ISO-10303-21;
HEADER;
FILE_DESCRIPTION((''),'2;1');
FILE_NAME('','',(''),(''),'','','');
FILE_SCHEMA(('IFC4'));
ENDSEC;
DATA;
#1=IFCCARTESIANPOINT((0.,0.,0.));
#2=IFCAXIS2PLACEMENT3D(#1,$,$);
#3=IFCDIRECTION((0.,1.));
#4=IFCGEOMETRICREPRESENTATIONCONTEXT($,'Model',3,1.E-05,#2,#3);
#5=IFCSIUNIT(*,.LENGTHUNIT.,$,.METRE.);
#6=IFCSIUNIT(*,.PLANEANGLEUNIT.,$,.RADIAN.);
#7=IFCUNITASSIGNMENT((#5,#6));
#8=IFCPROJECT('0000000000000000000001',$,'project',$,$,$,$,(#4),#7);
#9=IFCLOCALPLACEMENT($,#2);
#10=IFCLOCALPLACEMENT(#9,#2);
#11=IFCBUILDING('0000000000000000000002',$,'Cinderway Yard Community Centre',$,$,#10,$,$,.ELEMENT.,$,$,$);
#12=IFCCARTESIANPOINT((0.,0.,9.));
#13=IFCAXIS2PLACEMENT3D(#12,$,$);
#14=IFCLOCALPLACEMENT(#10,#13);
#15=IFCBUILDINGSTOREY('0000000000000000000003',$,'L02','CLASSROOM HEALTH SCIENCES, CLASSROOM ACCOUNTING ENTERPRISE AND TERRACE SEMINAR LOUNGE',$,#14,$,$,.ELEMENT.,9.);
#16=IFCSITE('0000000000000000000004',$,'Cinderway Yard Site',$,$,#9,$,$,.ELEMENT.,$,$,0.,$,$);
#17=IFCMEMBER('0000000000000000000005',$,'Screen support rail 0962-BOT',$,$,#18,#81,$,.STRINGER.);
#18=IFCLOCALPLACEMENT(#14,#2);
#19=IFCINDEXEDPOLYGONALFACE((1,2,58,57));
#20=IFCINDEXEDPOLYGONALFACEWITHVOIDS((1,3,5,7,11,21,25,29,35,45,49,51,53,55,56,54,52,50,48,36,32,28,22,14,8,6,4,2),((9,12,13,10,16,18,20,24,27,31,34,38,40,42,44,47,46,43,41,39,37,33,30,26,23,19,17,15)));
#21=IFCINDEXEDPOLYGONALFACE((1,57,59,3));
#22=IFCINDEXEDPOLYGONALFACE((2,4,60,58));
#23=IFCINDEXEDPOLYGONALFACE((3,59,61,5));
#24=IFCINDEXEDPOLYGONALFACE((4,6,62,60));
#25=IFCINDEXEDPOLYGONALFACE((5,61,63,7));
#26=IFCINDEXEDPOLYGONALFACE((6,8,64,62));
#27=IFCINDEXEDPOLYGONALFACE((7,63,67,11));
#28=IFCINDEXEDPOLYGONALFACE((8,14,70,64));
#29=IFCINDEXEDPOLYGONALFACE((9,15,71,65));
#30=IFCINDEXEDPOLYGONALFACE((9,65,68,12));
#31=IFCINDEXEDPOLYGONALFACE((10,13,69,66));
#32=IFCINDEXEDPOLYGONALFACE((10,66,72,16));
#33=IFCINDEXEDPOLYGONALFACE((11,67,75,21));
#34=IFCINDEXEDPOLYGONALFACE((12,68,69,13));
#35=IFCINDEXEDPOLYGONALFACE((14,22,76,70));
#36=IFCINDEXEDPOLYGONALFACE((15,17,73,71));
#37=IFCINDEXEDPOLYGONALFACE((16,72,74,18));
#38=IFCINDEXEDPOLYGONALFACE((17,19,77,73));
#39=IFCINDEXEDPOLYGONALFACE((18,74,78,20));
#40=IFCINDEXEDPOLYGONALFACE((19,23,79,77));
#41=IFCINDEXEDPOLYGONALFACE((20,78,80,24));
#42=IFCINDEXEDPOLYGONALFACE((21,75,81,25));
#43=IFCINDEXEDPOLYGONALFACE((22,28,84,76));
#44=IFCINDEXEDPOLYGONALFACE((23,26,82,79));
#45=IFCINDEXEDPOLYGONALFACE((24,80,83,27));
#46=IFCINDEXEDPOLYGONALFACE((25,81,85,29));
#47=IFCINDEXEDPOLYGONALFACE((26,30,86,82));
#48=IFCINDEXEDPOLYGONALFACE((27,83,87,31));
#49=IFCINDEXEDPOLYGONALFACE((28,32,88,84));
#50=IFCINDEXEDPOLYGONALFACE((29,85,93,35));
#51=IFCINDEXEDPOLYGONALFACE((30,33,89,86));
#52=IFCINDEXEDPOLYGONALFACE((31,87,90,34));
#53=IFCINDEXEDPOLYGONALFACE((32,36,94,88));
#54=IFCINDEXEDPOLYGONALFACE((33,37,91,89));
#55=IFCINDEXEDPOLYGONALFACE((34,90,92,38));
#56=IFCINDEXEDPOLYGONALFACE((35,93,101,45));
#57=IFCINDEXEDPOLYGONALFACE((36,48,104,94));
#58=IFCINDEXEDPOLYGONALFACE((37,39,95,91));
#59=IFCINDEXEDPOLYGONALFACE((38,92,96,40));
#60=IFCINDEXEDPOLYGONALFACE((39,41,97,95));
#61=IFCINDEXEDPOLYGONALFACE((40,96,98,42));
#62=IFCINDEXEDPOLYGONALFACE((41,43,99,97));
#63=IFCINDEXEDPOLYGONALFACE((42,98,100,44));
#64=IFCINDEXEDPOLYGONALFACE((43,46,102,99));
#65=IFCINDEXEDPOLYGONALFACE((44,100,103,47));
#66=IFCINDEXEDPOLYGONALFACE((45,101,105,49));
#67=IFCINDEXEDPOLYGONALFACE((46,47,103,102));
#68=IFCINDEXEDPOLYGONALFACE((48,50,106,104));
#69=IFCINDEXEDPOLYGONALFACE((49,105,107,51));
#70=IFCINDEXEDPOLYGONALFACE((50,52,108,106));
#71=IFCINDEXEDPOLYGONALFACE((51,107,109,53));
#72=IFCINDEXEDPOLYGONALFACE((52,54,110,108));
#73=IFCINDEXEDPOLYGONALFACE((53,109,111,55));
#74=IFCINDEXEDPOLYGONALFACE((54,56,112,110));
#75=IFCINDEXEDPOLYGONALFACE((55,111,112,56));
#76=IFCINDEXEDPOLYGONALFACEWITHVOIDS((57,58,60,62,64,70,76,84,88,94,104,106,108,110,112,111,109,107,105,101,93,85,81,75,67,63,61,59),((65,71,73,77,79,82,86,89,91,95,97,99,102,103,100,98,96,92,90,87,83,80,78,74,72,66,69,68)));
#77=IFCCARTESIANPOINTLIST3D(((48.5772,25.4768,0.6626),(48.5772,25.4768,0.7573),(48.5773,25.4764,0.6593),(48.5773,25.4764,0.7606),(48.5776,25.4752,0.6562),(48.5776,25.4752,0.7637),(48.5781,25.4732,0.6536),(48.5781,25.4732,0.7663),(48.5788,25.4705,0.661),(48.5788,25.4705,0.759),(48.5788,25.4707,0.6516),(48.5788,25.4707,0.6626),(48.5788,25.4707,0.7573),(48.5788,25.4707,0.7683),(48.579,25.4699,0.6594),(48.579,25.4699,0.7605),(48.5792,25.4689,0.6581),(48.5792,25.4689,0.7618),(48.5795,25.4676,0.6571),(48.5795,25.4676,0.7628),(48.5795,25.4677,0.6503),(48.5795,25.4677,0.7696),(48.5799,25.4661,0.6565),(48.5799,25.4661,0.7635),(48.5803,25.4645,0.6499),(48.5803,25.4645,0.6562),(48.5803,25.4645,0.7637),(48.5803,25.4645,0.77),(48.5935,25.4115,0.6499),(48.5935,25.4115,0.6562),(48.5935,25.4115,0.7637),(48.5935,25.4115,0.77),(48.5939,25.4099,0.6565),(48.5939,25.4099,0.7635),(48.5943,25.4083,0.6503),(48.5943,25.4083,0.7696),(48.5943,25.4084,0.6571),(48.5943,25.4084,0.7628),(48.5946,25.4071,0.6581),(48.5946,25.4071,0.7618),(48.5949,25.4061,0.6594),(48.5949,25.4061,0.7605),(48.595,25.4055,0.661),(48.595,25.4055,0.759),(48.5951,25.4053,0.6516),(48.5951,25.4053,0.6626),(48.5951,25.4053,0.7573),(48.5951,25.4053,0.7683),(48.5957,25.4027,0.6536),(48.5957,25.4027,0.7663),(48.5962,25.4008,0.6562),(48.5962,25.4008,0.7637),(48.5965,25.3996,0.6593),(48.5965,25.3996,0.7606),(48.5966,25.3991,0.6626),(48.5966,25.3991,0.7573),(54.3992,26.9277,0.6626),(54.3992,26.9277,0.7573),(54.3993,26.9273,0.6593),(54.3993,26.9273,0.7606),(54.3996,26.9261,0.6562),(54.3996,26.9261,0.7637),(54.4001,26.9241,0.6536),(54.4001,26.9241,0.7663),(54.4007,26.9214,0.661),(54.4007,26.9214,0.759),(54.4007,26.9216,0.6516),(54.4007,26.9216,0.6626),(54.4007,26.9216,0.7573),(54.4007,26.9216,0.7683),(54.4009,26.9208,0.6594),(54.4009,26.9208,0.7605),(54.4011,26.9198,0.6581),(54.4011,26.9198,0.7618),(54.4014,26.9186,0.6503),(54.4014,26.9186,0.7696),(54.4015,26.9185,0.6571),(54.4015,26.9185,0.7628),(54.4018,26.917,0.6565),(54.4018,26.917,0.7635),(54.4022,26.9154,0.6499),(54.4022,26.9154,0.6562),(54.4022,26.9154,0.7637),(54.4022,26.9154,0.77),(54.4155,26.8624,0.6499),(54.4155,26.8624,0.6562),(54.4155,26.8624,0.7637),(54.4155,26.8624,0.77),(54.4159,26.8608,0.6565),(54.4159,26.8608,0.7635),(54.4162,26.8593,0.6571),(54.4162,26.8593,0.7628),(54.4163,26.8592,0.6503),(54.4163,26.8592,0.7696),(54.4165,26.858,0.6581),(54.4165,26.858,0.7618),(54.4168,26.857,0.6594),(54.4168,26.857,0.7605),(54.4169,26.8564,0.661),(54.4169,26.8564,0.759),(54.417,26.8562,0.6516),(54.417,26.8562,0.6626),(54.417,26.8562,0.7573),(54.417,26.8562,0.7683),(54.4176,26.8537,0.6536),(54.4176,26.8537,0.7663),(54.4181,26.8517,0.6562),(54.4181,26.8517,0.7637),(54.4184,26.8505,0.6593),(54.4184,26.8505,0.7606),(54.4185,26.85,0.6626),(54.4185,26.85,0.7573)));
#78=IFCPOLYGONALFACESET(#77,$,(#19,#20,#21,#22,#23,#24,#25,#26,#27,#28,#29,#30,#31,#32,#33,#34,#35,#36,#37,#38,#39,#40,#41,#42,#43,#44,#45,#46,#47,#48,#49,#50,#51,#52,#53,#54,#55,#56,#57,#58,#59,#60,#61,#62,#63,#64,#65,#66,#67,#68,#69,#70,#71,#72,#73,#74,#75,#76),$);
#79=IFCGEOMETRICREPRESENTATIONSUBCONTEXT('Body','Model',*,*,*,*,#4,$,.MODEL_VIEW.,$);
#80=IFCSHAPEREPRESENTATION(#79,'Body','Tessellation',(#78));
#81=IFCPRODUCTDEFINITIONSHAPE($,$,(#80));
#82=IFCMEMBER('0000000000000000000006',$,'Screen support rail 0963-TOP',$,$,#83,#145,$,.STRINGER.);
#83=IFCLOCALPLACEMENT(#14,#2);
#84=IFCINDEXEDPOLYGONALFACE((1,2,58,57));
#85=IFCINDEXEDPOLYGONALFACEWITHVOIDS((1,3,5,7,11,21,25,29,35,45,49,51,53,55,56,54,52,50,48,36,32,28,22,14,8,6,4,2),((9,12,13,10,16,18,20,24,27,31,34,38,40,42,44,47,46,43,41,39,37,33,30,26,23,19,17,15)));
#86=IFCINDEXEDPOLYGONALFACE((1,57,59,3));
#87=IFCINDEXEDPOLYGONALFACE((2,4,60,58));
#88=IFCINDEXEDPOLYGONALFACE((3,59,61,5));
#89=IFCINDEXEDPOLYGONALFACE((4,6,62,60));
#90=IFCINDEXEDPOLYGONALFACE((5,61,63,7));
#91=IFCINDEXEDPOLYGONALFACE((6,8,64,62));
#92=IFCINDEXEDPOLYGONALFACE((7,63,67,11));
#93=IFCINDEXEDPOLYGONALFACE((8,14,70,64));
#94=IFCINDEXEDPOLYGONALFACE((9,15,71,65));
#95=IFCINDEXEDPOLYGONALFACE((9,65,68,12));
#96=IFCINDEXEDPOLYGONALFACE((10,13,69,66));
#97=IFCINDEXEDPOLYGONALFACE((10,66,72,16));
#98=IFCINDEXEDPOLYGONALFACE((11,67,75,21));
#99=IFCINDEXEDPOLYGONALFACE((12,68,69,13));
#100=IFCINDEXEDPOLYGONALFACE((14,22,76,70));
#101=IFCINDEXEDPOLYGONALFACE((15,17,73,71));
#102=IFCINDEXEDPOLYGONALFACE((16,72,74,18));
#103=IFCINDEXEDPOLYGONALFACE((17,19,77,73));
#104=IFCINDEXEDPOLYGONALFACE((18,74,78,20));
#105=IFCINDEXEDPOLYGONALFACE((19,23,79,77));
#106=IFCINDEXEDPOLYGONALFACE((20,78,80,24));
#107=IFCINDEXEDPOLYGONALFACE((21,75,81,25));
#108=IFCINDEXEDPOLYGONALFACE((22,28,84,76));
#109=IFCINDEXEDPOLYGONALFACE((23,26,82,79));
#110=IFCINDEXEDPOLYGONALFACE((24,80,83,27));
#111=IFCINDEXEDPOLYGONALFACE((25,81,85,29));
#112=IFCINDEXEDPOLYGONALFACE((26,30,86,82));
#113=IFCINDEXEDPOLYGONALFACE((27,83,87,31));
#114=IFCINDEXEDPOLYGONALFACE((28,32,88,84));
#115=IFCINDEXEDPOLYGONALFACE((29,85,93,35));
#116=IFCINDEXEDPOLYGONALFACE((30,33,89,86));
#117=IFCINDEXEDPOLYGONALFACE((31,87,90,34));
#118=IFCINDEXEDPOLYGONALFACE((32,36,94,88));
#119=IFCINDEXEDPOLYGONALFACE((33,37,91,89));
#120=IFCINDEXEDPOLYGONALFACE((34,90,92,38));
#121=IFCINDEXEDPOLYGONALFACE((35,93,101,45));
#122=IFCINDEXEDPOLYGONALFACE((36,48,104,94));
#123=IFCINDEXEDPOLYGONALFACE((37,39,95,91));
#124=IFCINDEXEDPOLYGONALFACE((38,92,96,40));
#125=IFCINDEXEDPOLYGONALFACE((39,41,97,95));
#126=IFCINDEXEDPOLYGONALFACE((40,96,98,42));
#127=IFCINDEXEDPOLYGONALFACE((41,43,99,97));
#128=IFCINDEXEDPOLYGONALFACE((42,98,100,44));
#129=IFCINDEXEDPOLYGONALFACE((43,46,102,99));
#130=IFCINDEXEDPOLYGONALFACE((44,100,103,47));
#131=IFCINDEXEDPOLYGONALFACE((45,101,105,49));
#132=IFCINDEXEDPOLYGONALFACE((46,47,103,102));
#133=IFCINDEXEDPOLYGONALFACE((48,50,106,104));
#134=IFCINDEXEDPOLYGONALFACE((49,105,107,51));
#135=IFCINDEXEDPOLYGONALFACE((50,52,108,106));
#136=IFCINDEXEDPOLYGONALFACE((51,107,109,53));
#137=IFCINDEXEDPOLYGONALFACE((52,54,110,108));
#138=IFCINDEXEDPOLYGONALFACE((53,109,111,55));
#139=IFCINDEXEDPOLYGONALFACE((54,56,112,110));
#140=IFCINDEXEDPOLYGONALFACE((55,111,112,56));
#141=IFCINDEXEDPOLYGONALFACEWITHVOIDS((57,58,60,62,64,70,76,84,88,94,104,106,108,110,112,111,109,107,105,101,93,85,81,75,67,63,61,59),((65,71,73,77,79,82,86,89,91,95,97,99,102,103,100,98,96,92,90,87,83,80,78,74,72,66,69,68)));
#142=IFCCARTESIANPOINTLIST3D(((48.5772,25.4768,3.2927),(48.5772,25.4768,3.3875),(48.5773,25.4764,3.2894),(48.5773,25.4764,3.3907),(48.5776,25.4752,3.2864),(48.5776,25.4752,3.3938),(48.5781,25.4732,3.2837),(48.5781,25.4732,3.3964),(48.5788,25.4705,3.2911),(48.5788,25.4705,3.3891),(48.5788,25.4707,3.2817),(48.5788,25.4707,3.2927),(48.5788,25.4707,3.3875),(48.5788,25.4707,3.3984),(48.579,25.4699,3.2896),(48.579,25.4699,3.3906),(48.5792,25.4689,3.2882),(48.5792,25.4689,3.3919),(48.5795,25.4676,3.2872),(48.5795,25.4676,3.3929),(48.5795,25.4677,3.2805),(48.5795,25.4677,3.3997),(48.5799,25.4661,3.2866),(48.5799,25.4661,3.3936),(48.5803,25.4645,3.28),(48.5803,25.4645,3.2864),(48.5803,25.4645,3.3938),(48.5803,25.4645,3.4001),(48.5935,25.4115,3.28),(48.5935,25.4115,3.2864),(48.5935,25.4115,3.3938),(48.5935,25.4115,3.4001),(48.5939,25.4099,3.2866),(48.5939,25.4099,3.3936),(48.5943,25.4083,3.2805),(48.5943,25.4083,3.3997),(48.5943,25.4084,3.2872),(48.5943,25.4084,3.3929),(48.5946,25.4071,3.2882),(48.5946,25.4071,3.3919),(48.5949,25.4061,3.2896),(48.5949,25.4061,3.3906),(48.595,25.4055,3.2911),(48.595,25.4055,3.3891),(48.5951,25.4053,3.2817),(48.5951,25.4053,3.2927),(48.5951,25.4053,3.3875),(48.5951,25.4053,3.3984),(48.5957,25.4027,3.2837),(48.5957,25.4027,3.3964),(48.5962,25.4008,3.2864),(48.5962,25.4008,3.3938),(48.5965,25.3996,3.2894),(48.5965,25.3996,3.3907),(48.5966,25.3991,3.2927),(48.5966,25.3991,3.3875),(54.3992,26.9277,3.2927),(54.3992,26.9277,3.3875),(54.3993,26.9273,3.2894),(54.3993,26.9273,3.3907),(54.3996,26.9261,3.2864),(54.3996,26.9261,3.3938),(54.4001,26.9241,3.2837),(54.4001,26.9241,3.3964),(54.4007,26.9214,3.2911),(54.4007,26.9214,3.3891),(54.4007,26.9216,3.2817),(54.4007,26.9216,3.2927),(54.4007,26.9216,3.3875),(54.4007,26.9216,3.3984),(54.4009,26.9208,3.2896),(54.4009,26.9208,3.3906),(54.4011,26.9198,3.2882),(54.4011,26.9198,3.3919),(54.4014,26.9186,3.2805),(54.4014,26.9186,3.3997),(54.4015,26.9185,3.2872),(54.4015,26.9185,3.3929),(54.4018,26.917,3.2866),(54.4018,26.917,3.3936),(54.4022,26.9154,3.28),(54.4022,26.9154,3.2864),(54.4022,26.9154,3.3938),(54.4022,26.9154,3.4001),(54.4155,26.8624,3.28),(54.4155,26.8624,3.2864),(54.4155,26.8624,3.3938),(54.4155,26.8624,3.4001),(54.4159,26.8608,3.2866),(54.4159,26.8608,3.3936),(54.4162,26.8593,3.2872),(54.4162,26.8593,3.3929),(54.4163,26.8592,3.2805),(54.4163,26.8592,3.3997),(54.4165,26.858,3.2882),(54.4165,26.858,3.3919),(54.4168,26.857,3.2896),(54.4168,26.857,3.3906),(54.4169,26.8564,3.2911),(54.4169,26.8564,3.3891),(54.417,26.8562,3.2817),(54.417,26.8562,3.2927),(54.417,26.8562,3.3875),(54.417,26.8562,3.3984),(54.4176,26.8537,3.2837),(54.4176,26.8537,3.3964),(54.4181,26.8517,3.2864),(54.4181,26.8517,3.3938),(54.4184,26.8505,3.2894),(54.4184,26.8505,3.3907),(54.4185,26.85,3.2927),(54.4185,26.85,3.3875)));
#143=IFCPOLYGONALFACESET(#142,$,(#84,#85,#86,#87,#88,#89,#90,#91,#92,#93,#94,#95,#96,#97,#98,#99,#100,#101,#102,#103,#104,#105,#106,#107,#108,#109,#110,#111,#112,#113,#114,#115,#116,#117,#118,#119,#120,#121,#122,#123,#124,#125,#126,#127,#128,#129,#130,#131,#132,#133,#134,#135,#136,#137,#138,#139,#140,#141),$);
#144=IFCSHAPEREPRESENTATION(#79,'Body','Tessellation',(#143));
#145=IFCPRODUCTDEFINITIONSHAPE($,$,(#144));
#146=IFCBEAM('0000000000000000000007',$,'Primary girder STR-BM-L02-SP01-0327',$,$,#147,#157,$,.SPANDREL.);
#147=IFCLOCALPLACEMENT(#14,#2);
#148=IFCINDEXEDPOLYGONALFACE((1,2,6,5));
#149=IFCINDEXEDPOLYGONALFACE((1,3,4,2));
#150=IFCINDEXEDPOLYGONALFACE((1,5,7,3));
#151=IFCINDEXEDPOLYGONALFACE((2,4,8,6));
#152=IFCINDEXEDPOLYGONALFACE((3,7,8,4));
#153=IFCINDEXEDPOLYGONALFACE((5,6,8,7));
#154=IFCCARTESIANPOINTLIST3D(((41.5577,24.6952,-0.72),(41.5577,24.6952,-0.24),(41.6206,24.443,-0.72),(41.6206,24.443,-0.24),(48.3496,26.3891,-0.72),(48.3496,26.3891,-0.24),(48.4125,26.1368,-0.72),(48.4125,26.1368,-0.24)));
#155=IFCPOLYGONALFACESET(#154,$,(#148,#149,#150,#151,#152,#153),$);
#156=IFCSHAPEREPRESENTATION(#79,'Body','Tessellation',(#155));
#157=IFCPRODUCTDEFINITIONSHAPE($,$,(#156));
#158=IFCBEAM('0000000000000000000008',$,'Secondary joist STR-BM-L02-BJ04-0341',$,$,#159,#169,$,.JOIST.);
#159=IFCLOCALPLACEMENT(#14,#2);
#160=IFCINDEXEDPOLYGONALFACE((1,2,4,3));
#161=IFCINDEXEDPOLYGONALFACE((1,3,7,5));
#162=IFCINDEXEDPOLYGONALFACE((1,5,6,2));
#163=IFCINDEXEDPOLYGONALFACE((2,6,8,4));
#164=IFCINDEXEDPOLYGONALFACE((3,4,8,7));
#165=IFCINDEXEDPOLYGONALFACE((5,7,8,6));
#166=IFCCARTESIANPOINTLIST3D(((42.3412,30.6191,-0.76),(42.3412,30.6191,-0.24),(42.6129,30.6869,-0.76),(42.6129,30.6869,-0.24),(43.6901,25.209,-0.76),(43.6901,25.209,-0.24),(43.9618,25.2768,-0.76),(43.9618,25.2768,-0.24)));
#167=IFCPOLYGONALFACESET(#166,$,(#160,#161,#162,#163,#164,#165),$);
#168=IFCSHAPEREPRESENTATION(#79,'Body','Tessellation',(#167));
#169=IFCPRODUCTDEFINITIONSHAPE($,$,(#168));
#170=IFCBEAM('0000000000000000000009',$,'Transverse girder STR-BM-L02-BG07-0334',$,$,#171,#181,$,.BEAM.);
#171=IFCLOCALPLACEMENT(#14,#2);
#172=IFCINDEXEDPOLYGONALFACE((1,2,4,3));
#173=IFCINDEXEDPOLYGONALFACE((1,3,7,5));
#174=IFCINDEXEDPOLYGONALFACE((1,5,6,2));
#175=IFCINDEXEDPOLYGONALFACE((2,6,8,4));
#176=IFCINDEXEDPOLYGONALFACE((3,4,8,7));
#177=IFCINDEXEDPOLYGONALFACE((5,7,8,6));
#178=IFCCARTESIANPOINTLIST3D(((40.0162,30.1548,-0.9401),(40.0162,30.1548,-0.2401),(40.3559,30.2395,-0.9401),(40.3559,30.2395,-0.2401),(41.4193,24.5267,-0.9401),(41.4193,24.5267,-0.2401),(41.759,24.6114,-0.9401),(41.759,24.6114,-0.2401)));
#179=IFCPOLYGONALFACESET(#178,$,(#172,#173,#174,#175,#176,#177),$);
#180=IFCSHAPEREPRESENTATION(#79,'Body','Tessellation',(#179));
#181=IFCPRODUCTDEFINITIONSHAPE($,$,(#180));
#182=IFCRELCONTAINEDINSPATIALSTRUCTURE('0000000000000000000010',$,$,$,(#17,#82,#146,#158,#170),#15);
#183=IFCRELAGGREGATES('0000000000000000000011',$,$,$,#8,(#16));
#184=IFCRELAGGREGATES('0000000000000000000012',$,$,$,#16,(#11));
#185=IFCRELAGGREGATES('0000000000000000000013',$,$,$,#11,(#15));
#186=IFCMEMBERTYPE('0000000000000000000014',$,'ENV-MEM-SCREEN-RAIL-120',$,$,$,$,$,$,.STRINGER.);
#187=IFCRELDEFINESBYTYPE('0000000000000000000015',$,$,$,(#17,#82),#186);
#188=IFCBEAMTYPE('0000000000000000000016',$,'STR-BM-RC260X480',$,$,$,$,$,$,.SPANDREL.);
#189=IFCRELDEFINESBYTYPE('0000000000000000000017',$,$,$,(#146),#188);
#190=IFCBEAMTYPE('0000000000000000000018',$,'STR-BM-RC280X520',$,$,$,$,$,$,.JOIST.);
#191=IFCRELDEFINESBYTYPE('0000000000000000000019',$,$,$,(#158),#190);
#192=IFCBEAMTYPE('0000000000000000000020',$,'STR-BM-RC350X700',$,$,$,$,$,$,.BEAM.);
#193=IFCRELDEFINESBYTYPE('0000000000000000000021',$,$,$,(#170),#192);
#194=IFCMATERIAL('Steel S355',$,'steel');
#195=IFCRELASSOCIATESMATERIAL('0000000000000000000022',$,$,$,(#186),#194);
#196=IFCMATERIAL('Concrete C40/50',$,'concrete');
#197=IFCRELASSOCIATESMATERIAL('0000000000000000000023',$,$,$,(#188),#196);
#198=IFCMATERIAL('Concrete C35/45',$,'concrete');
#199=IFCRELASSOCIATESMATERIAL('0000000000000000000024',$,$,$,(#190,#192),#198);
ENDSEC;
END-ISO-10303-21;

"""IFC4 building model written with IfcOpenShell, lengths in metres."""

from ifc_helpers import new_model, si_unit, direction, frame, origin, origin_2d, place, context, subcontext, project, spatial, rectangle, hollow_rectangle, extrude, material, material_profile, profile_set, type_object, element, save


model = new_model("IFC4")

# Units and contexts
model_context = context("Model", 3, precision=1e-05, world=origin(), true_north=direction((0.0, 1.0)))
body_context = subcontext(model_context, "Body", "Model", "MODEL_VIEW")
ifc_project = project(units=[si_unit("LENGTHUNIT", "METRE"), si_unit("PLANEANGLEUNIT", "RADIAN")], contexts=[model_context])

# Site, building, storey
site_placement = place(None, origin())
site = spatial("IfcSite", under=ifc_project, at=site_placement, Name="Cinderway Yard Site", CompositionType="ELEMENT", RefElevation=0.0)
building_placement = place(site_placement, origin())
building = spatial("IfcBuilding", under=site, at=building_placement, Name="Cinderway Yard Community Centre", CompositionType="ELEMENT")
storey_placement = place(building_placement, frame((0.0, 0.0, 9.0)))
storey = spatial("IfcBuildingStorey", under=building, at=storey_placement, Name="L02", Description="CLASSROOM HEALTH SCIENCES, CLASSROOM ACCOUNTING ENTERPRISE AND TERRACE SEMINAR LOUNGE", CompositionType="ELEMENT", Elevation=9.0)

# Members
ifc_material_1 = material(Name="Steel S355", Category="steel")
ifc_material_profile_1 = material_profile(ifc_material_1, hollow_rectangle(XDim=0.0801, YDim=0.1201, WallThickness=0.0063, InnerFilletRadius=0.0063, OuterFilletRadius=0.0127, at=origin_2d()), Name="Steel S355")
ifc_profile_set_1 = profile_set([ifc_material_profile_1], Name="Steel S355")
member_type_1 = type_object("IfcMemberType", Name="ENV-MEM-SCREEN-RAIL-120", PredefinedType="STRINGER", material=ifc_profile_set_1)
for number, where, z_axis, x_axis, name in (
    (1, (48.5869, 25.438, 0.71), (0.970322, 0.241818, 0.0), (-0.241818, 0.970322, 0.0), "Screen support rail 0962-BOT"),
    (2, (48.5869, 25.438, 3.3401), (0.970322, 0.241818, 0.0), (-0.241818, 0.970322, 0.0), "Screen support rail 0963-TOP"),
):
    element("IfcMember", number, at=place(storey_placement, frame(where, z_axis=z_axis, x_axis=x_axis)), inside=storey, type_object=member_type_1, Name=name, PredefinedType="STRINGER", context=body_context, shape_type="SweptSolid", body=[
        extrude(hollow_rectangle(XDim=0.0801, YDim=0.1201, WallThickness=0.0063, InnerFilletRadius=0.0063, OuterFilletRadius=0.0127, at=origin_2d()), origin(), (0.0, 0.0, 1.0), 6.0),
    ])

# Beams
ifc_material_2 = material(Name="Concrete C40/50", Category="concrete")
ifc_material_profile_2 = material_profile(ifc_material_2, rectangle(XDim=0.26, YDim=0.48, at=origin_2d()), Name="Concrete C40/50")
ifc_profile_set_2 = profile_set([ifc_material_profile_2], Name="Concrete C40/50")
beam_type_1 = type_object("IfcBeamType", Name="STR-BM-RC260X480", PredefinedType="SPANDREL", material=ifc_profile_set_2)
beam_1_placement = place(storey_placement, frame((41.5891, 24.5691, -0.48), z_axis=(0.970282, 0.241978, 0.0), x_axis=(-0.241978, 0.970282, 0.0)))
element("IfcBeam", 3, at=beam_1_placement, inside=storey, type_object=beam_type_1, Name="Primary girder STR-BM-L02-SP01-0327", PredefinedType="SPANDREL", context=body_context, shape_type="SweptSolid", body=[
    extrude(rectangle(XDim=0.26, YDim=0.48, at=origin_2d()), origin(), (0.0, 0.0, 1.0), 7.0),
])
ifc_material_3 = material(Name="Concrete C35/45", Category="concrete")
ifc_material_profile_3 = material_profile(ifc_material_3, rectangle(XDim=0.28, YDim=0.52, at=origin_2d()), Name="Concrete C35/45")
ifc_profile_set_3 = profile_set([ifc_material_profile_3], Name="Concrete C35/45")
beam_type_2 = type_object("IfcBeamType", Name="STR-BM-RC280X520", PredefinedType="JOIST", material=ifc_profile_set_3)
beam_2_placement = place(storey_placement, frame((43.8259, 25.2429, -0.5), z_axis=(-0.241917, 0.970297, 0.0), x_axis=(-0.970297, -0.241917, 0.0)))
element("IfcBeam", 4, at=beam_2_placement, inside=storey, type_object=beam_type_2, Name="Secondary joist STR-BM-L02-BJ04-0341", PredefinedType="JOIST", context=body_context, shape_type="SweptSolid", body=[
    extrude(rectangle(XDim=0.28, YDim=0.52, at=origin_2d()), origin(), (0.0, 0.0, 1.0), 5.5757),
])
ifc_material_profile_4 = material_profile(ifc_material_3, rectangle(XDim=0.3501, YDim=0.7, at=origin_2d()), Name="Concrete C35/45")
ifc_profile_set_4 = profile_set([ifc_material_profile_4], Name="Concrete C35/45")
beam_type_3 = type_object("IfcBeamType", Name="STR-BM-RC350X700", PredefinedType="BEAM", material=ifc_profile_set_4)
beam_3_placement = place(storey_placement, frame((41.5891, 24.5691, -0.5901), z_axis=(-0.241902, 0.970301, 0.0), x_axis=(-0.970301, -0.241902, 0.0)))
element("IfcBeam", 5, at=beam_3_placement, inside=storey, type_object=beam_type_3, Name="Transverse girder STR-BM-L02-BG07-0334", PredefinedType="BEAM", context=body_context, shape_type="SweptSolid", body=[
    extrude(rectangle(XDim=0.3501, YDim=0.7, at=origin_2d()), origin(), (0.0, 0.0, 1.0), 5.8003),
])

save(model, "model.ifc")
